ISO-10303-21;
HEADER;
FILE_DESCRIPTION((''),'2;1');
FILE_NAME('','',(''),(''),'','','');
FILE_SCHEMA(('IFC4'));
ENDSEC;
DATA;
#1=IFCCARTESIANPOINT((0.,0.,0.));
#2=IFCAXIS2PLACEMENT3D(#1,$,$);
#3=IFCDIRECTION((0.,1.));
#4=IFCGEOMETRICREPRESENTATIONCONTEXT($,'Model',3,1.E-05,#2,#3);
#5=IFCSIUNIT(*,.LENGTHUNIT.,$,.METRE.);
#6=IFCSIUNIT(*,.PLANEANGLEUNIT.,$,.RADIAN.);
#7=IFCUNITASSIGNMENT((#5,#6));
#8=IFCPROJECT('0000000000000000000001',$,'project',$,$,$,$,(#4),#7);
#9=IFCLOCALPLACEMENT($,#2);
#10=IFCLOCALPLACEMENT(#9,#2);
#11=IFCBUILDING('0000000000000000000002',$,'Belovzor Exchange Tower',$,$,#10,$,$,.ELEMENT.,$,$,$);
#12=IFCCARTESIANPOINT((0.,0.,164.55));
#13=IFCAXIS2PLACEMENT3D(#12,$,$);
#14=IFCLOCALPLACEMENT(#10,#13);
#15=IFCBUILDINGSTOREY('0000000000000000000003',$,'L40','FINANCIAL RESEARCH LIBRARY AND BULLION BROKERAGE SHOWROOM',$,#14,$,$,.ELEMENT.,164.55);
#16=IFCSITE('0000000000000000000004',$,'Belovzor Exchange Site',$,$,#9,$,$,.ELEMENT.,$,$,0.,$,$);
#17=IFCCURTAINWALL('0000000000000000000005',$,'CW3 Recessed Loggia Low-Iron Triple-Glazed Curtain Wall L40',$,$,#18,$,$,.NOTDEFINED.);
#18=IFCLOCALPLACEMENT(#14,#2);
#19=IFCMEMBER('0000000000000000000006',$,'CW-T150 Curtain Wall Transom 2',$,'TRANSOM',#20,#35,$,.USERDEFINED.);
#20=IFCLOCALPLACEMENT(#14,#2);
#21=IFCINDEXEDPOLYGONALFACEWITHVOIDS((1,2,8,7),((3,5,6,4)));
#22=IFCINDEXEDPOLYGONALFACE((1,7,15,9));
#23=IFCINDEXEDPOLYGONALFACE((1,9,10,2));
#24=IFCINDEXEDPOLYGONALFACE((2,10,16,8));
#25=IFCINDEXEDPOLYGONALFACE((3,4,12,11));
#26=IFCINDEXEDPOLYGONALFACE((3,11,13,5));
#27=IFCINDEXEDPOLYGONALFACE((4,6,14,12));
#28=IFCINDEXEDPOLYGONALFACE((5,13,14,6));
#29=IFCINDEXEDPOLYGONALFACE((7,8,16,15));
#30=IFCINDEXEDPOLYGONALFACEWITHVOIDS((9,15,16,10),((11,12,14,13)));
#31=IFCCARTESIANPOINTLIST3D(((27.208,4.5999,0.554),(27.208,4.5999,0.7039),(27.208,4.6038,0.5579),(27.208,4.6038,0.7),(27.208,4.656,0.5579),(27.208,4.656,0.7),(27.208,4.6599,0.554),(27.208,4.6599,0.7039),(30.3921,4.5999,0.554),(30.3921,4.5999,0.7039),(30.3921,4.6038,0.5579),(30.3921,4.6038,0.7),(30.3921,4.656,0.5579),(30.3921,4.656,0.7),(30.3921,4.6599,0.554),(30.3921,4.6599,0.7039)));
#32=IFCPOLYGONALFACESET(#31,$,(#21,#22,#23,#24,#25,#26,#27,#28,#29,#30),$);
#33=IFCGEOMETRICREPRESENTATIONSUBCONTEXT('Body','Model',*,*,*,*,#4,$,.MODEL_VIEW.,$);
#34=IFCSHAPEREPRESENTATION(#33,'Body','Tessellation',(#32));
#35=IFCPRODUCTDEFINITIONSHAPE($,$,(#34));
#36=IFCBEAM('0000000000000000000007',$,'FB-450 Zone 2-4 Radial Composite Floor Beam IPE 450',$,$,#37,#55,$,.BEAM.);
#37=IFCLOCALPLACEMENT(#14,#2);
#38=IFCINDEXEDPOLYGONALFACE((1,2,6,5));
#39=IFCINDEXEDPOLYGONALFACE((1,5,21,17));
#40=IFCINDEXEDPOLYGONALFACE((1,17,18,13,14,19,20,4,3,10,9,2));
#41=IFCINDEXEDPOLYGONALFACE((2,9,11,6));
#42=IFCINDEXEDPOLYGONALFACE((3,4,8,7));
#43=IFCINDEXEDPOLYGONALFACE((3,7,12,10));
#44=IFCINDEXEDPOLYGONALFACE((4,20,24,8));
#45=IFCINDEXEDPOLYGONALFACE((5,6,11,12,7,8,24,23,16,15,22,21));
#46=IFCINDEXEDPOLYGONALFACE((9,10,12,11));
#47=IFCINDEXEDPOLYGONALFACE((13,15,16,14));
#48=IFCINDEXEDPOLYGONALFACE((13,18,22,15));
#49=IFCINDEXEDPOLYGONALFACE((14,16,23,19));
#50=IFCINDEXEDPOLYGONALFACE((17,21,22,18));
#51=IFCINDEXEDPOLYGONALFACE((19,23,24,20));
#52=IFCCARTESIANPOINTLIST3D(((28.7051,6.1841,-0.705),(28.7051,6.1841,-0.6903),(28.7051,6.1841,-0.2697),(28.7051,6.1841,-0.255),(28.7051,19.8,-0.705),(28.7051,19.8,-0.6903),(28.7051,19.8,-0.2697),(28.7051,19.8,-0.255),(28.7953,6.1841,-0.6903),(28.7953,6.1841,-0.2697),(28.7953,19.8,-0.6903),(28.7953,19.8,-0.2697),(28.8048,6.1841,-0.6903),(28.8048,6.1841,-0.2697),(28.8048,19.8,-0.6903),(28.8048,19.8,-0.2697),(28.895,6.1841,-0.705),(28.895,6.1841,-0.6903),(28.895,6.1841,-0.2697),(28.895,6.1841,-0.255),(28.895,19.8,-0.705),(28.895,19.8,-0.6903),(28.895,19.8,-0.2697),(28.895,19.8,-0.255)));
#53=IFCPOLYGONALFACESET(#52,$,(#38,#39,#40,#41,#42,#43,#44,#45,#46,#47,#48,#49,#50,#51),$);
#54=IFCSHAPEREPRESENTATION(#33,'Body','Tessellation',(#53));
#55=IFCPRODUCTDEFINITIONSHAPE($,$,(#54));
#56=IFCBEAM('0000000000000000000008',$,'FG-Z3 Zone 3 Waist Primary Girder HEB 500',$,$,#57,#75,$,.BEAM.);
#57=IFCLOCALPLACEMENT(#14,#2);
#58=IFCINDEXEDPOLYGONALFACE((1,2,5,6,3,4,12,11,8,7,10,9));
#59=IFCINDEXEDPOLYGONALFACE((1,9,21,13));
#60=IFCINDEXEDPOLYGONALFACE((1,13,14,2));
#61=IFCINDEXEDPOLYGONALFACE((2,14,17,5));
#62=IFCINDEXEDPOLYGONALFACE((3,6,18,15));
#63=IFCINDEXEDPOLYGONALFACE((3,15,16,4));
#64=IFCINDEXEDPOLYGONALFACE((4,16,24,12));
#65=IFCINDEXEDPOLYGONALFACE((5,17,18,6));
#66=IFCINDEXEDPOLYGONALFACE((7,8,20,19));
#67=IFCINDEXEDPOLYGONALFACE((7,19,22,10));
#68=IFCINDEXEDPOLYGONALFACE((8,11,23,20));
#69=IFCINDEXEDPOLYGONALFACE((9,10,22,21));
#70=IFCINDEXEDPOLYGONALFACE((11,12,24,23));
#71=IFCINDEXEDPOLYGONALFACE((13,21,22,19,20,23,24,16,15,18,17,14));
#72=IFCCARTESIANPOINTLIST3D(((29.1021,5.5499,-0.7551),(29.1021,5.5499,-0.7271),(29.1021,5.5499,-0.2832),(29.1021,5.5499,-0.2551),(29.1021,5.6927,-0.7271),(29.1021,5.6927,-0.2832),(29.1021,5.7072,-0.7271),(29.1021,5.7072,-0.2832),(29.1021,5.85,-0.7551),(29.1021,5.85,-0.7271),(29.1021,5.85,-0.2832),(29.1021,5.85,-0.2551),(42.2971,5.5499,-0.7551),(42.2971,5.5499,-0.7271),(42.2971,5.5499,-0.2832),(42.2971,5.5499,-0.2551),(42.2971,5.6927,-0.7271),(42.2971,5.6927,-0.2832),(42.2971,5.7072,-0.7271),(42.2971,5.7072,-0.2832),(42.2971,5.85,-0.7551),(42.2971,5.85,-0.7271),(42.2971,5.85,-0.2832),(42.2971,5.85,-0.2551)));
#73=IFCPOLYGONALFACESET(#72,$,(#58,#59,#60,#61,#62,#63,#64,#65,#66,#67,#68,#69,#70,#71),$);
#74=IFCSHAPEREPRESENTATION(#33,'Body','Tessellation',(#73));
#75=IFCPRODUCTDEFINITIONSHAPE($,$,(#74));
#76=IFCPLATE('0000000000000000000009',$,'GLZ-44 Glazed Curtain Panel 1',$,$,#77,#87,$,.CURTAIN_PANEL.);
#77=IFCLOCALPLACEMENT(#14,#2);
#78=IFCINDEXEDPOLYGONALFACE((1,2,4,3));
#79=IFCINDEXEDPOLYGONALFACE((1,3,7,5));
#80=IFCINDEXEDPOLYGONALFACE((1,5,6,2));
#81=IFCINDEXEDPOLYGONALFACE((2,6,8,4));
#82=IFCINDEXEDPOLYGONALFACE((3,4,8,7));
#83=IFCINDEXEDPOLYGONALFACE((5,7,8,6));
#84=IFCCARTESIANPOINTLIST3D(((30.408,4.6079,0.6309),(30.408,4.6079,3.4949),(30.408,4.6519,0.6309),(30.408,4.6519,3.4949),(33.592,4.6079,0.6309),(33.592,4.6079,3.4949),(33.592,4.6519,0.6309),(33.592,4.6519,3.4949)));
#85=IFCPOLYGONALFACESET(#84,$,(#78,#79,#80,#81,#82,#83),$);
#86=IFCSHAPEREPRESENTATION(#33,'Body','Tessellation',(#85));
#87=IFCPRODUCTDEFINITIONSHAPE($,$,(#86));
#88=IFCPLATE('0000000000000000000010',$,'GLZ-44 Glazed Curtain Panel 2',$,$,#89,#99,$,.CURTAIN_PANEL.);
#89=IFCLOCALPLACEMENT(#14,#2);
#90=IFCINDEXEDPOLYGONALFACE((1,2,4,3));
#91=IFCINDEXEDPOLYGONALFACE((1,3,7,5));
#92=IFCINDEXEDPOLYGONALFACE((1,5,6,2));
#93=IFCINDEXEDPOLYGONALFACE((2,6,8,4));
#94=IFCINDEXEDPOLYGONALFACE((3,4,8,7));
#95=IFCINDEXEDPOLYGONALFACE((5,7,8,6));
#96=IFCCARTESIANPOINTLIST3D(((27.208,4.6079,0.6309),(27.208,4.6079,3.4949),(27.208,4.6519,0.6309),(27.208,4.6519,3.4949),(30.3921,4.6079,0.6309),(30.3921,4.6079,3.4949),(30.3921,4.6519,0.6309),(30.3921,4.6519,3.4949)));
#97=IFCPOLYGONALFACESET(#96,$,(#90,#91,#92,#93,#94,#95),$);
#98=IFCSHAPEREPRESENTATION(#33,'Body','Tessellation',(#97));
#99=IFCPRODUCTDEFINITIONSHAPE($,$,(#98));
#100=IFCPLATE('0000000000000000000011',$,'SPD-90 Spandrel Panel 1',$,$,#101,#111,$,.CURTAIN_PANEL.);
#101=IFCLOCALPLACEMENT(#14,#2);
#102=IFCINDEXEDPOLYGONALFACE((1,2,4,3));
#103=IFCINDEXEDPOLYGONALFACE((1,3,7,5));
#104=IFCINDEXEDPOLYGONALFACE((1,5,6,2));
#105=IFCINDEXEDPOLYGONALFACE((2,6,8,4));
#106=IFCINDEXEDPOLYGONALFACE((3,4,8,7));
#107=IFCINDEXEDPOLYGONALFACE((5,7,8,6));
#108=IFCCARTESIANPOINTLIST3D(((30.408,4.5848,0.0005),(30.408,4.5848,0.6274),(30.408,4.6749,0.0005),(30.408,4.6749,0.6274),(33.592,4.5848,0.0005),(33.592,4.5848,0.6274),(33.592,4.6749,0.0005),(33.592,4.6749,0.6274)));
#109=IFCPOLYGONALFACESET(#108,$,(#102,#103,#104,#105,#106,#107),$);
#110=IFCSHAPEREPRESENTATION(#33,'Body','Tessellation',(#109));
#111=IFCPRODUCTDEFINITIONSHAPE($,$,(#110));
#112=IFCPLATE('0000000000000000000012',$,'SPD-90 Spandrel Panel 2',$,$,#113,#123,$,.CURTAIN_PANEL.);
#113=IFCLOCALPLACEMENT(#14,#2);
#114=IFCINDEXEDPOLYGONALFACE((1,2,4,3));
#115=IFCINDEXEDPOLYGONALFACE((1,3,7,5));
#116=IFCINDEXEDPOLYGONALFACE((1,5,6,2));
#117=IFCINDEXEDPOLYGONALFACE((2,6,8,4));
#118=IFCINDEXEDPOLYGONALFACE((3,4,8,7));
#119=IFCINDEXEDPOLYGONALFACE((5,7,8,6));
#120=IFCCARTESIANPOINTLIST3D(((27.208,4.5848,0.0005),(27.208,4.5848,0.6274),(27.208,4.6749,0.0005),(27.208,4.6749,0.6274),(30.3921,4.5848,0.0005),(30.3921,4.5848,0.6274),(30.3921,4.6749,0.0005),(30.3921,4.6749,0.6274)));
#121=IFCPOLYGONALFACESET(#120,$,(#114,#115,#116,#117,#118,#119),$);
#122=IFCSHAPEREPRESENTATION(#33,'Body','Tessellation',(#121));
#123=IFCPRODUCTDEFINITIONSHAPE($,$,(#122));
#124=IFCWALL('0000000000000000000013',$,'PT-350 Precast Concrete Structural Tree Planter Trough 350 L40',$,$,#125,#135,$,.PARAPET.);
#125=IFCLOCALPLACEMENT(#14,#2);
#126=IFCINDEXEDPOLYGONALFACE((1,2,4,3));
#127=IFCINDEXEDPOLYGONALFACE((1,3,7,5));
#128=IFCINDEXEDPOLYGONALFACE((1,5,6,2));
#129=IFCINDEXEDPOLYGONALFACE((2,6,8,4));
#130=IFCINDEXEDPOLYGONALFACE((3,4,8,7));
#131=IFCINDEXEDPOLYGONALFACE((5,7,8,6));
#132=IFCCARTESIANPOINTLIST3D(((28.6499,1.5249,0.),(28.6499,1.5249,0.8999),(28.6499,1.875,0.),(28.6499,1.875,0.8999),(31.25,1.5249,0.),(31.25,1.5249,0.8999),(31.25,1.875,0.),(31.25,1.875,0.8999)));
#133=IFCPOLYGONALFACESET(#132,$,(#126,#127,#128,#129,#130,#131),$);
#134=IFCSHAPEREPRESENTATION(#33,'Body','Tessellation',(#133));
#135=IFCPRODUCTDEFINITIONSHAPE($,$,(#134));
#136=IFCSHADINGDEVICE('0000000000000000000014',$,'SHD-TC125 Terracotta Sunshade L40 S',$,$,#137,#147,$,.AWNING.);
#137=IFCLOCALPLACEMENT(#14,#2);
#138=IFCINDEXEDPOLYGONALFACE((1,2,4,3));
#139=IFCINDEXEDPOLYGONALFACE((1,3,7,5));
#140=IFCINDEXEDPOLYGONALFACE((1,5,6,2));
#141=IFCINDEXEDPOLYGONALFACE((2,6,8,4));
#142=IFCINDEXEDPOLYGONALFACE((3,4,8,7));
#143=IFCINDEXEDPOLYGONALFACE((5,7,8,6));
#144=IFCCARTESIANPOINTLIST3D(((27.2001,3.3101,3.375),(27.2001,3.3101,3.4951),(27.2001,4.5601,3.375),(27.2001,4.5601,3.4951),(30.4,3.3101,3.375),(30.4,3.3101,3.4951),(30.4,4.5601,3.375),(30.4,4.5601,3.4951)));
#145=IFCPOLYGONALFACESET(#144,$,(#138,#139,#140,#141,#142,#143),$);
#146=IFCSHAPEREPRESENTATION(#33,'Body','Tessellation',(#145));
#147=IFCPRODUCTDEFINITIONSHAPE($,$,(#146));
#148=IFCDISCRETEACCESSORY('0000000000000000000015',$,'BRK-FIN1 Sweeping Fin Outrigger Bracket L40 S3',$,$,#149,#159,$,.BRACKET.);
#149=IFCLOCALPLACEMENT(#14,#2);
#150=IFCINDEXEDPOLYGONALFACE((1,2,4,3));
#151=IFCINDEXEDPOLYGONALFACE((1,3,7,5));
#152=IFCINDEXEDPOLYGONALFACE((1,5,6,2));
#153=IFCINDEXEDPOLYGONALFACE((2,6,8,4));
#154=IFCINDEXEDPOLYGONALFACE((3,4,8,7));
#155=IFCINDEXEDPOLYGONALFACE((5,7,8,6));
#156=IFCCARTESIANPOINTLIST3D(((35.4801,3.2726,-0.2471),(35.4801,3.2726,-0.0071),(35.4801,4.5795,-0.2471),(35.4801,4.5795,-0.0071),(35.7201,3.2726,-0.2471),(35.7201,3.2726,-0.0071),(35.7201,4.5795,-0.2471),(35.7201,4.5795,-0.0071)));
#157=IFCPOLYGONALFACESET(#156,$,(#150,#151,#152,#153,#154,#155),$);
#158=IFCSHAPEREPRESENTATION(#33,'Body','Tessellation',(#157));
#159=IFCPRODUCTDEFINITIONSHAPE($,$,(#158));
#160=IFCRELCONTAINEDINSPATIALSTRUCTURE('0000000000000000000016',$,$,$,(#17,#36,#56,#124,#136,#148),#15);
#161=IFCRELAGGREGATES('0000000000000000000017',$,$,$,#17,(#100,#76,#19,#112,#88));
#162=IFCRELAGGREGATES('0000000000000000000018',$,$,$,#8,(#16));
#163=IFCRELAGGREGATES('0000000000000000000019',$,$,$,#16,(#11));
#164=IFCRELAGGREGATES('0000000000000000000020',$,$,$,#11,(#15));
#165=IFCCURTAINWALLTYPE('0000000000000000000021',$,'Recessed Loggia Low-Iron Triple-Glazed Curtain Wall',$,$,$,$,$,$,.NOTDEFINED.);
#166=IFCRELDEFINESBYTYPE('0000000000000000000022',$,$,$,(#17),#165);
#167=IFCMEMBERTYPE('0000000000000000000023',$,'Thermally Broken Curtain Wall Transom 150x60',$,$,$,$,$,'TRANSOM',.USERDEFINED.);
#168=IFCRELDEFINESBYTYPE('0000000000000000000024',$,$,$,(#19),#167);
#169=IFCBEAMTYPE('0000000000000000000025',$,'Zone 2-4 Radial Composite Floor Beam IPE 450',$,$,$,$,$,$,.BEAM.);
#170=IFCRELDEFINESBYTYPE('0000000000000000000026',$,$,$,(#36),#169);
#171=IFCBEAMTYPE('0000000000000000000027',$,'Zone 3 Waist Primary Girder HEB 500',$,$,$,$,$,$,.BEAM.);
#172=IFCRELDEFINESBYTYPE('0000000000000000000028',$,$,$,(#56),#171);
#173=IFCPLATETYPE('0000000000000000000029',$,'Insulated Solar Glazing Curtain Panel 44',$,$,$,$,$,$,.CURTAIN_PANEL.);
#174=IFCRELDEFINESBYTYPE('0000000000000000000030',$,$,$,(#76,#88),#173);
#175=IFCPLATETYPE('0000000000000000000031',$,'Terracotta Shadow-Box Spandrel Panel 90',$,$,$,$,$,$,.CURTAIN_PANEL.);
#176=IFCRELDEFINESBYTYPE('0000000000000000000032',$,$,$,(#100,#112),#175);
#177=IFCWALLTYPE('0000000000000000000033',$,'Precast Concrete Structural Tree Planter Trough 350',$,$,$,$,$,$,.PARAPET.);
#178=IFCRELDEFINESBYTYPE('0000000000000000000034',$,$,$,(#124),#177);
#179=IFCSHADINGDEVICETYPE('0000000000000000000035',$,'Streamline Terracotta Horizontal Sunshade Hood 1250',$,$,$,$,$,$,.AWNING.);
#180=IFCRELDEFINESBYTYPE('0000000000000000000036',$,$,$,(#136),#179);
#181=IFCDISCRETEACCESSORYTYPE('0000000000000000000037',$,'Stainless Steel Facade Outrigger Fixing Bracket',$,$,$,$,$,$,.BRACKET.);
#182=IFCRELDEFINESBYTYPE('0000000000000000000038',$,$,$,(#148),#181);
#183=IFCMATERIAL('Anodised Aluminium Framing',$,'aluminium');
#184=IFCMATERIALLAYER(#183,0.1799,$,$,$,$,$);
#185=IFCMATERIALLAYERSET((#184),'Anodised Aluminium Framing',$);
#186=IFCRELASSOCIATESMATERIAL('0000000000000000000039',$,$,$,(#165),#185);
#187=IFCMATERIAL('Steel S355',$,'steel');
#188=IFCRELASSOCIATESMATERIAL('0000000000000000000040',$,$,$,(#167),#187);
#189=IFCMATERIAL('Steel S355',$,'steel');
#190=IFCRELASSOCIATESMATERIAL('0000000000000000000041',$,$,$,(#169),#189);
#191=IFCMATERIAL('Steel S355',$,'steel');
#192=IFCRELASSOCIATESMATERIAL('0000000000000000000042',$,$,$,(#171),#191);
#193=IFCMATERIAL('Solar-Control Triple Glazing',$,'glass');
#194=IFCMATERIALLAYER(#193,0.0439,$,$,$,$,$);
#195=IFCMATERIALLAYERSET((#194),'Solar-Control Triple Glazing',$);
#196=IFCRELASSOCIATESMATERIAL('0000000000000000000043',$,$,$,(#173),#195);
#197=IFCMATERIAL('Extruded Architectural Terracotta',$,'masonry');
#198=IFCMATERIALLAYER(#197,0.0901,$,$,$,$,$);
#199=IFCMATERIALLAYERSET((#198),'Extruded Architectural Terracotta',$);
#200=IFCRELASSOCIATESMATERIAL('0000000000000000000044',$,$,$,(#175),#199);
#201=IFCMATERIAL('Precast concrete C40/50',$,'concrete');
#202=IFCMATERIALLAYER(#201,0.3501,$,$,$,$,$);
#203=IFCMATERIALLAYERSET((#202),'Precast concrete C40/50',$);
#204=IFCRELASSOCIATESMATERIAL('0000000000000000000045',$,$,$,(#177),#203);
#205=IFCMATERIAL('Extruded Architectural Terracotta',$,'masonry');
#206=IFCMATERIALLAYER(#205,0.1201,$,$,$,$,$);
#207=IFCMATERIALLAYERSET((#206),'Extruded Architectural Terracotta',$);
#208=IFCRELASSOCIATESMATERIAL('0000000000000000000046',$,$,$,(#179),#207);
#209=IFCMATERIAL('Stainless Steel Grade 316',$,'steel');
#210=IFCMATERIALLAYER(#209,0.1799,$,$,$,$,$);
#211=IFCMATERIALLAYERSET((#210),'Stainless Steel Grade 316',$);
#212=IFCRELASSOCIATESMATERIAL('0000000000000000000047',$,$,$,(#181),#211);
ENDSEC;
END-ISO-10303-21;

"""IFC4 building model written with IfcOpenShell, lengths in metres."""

from ifc_helpers import new_model, si_unit, direction, frame, frame_2d, origin, origin_2d, place, context, subcontext, project, spatial, rectangle, hollow_rectangle, i_section, extrude, material, layer, layer_set, material_profile, profile_set, type_object, element, aggregate, save


model = new_model("IFC4")

# Units and contexts
model_context = context("Model", 3, precision=1e-05, world=origin(), true_north=direction((0.0, 1.0)))
body_context = subcontext(model_context, "Body", "Model", "MODEL_VIEW")
ifc_project = project(units=[si_unit("LENGTHUNIT", "METRE"), si_unit("PLANEANGLEUNIT", "RADIAN")], contexts=[model_context])

# Site, building, storey
site_placement = place(None, origin())
site = spatial("IfcSite", under=ifc_project, at=site_placement, Name="Belovzor Exchange Site", CompositionType="ELEMENT", RefElevation=0.0)
building_placement = place(site_placement, origin())
building = spatial("IfcBuilding", under=site, at=building_placement, Name="Belovzor Exchange Tower", CompositionType="ELEMENT")
storey_placement = place(building_placement, frame((0.0, 0.0, 164.55)))
storey = spatial("IfcBuildingStorey", under=building, at=storey_placement, Name="L40", Description="FINANCIAL RESEARCH LIBRARY AND BULLION BROKERAGE SHOWROOM", CompositionType="ELEMENT", Elevation=164.55)

# Curtain wall, member
ifc_material_1 = material(Name="Anodised Aluminium Framing", Category="aluminium")
ifc_layer_1 = layer(ifc_material_1, 0.1799)
ifc_layer_set_1 = layer_set([ifc_layer_1], Name="Anodised Aluminium Framing")
curtain_wall_type = type_object("IfcCurtainWallType", Name="Recessed Loggia Low-Iron Triple-Glazed Curtain Wall", PredefinedType="NOTDEFINED", material=ifc_layer_set_1)
curtain_wall_placement = place(storey_placement, origin())
curtain_wall = element("IfcCurtainWall", 1, at=curtain_wall_placement, inside=storey, type_object=curtain_wall_type, Name="CW3 Recessed Loggia Low-Iron Triple-Glazed Curtain Wall L40", PredefinedType="NOTDEFINED")
ifc_material_2 = material(Name="Steel S355", Category="steel")
ifc_material_profile_1 = material_profile(ifc_material_2, hollow_rectangle(XDim=0.0601, YDim=0.1499, WallThickness=0.0039, at=origin_2d()))
ifc_profile_set_1 = profile_set([ifc_material_profile_1], Name="Steel S355")
member_type_1 = type_object("IfcMemberType", Name="Thermally Broken Curtain Wall Transom 150x60", ElementType="TRANSOM", PredefinedType="USERDEFINED", material=ifc_profile_set_1)
member_1_placement = place(storey_placement, frame((30.3921, 4.6299, 0.6289), z_axis=(-1.0, 0.0, 0.0), x_axis=(0.0, -1.0, 0.0)))
member_1 = element("IfcMember", 2, at=member_1_placement, type_object=member_type_1, Name="CW-T150 Curtain Wall Transom 2", ObjectType="TRANSOM", PredefinedType="USERDEFINED", context=body_context, shape_type="SweptSolid", body=[
    extrude(hollow_rectangle(XDim=0.0601, YDim=0.1499, WallThickness=0.0039, at=origin_2d()), origin(), (0.0, 0.0, 1.0), 3.1841),
])

# Beams
ifc_material_3 = material(Name="Steel S355", Category="steel")
ifc_material_profile_2 = material_profile(ifc_material_3, i_section(OverallWidth=0.1899, OverallDepth=0.45, WebThickness=0.0095, FlangeThickness=0.0146, at=origin_2d()))
ifc_profile_set_2 = profile_set([ifc_material_profile_2], Name="Steel S355")
beam_type_1 = type_object("IfcBeamType", Name="Zone 2-4 Radial Composite Floor Beam IPE 450", PredefinedType="BEAM", material=ifc_profile_set_2)
beam_1_placement = place(storey_placement, frame((28.8, 19.8, -0.48), z_axis=(0.0, -1.0, 0.0), x_axis=(1.0, 0.0, 0.0)))
element("IfcBeam", 3, at=beam_1_placement, inside=storey, type_object=beam_type_1, Name="FB-450 Zone 2-4 Radial Composite Floor Beam IPE 450", PredefinedType="BEAM", context=body_context, shape_type="SweptSolid", body=[
    extrude(i_section(OverallWidth=0.1899, OverallDepth=0.45, WebThickness=0.0095, FlangeThickness=0.0146, at=origin_2d()), origin(), (0.0, 0.0, 1.0), 13.616),
])
ifc_material_4 = material(Name="Steel S355", Category="steel")
ifc_material_profile_3 = material_profile(ifc_material_4, i_section(OverallWidth=0.3, OverallDepth=0.5, WebThickness=0.0144, FlangeThickness=0.0281, at=origin_2d()))
ifc_profile_set_3 = profile_set([ifc_material_profile_3], Name="Steel S355")
beam_type_2 = type_object("IfcBeamType", Name="Zone 3 Waist Primary Girder HEB 500", PredefinedType="BEAM", material=ifc_profile_set_3)
beam_2_placement = place(storey_placement, frame((29.1021, 5.7, -0.5051), z_axis=(1.0, 0.0, 0.0), x_axis=(0.0, 1.0, 0.0)))
element("IfcBeam", 4, at=beam_2_placement, inside=storey, type_object=beam_type_2, Name="FG-Z3 Zone 3 Waist Primary Girder HEB 500", PredefinedType="BEAM", context=body_context, shape_type="SweptSolid", body=[
    extrude(i_section(OverallWidth=0.3, OverallDepth=0.5, WebThickness=0.0144, FlangeThickness=0.0281, at=origin_2d()), origin(), (0.0, 0.0, 1.0), 13.1951),
])

# Plates
ifc_material_5 = material(Name="Solar-Control Triple Glazing", Category="glass")
ifc_layer_2 = layer(ifc_material_5, 0.0439)
ifc_layer_set_2 = layer_set([ifc_layer_2], Name="Solar-Control Triple Glazing")
plate_type_1 = type_object("IfcPlateType", Name="Insulated Solar Glazing Curtain Panel 44", PredefinedType="CURTAIN_PANEL", material=ifc_layer_set_2)
plate_1_placement = place(storey_placement, frame((32.0, 4.6299, 0.6309), z_axis=(0.0, 0.0, 1.0), x_axis=(-1.0, 0.0, 0.0)))
plate_1 = element("IfcPlate", 5, at=plate_1_placement, type_object=plate_type_1, Name="GLZ-44 Glazed Curtain Panel 1", PredefinedType="CURTAIN_PANEL", context=body_context, shape_type="SweptSolid", body=[
    extrude(rectangle(XDim=3.1841, YDim=0.0439, at=origin_2d()), origin(), (0.0, 0.0, 1.0), 2.864),
])
plate_2_placement = place(storey_placement, frame((28.8, 4.6299, 0.6309), z_axis=(0.0, 0.0, 1.0), x_axis=(-1.0, 0.0, 0.0)))
plate_2 = element("IfcPlate", 6, at=plate_2_placement, type_object=plate_type_1, Name="GLZ-44 Glazed Curtain Panel 2", PredefinedType="CURTAIN_PANEL", context=body_context, shape_type="SweptSolid", body=[
    extrude(rectangle(XDim=3.1841, YDim=0.0439, at=origin_2d()), origin(), (0.0, 0.0, 1.0), 2.864),
])
ifc_material_6 = material(Name="Extruded Architectural Terracotta", Category="masonry")
ifc_layer_3 = layer(ifc_material_6, 0.0901)
ifc_layer_set_3 = layer_set([ifc_layer_3], Name="Extruded Architectural Terracotta")
plate_type_2 = type_object("IfcPlateType", Name="Terracotta Shadow-Box Spandrel Panel 90", PredefinedType="CURTAIN_PANEL", material=ifc_layer_set_3)
plate_3_placement = place(storey_placement, frame((32.0, 4.6299, 0.0005), z_axis=(0.0, 0.0, 1.0), x_axis=(-1.0, 0.0, 0.0)))
plate_3 = element("IfcPlate", 7, at=plate_3_placement, type_object=plate_type_2, Name="SPD-90 Spandrel Panel 1", PredefinedType="CURTAIN_PANEL", context=body_context, shape_type="SweptSolid", body=[
    extrude(rectangle(XDim=3.1841, YDim=0.0901, at=origin_2d()), origin(), (0.0, 0.0, 1.0), 0.627),
])
plate_4_placement = place(storey_placement, frame((28.8, 4.6299, 0.0005), z_axis=(0.0, 0.0, 1.0), x_axis=(-1.0, 0.0, 0.0)))
plate_4 = element("IfcPlate", 8, at=plate_4_placement, type_object=plate_type_2, Name="SPD-90 Spandrel Panel 2", PredefinedType="CURTAIN_PANEL", context=body_context, shape_type="SweptSolid", body=[
    extrude(rectangle(XDim=3.1841, YDim=0.0901, at=origin_2d()), origin(), (0.0, 0.0, 1.0), 0.627),
])
aggregate(curtain_wall, [plate_3, plate_1, member_1, plate_4, plate_2])

# Wall
ifc_material_7 = material(Name="Precast concrete C40/50", Category="concrete")
ifc_layer_4 = layer(ifc_material_7, 0.3501)
ifc_layer_set_4 = layer_set([ifc_layer_4], Name="Precast concrete C40/50")
wall_type = type_object("IfcWallType", Name="Precast Concrete Structural Tree Planter Trough 350", PredefinedType="PARAPET", material=ifc_layer_set_4)
wall_placement = place(storey_placement, frame((28.6499, 1.7, 0.0), z_axis=(0.0, 0.0, 1.0), x_axis=(1.0, 0.0, 0.0)))
element("IfcWall", 9, at=wall_placement, inside=storey, type_object=wall_type, Name="PT-350 Precast Concrete Structural Tree Planter Trough 350 L40", PredefinedType="PARAPET", context=body_context, shape_type="SweptSolid", body=[
    extrude(rectangle(XDim=2.6001, YDim=0.3501, at=frame_2d((1.3, 0.0))), origin(), (0.0, 0.0, 1.0), 0.8999),
])

# Shading device
ifc_material_8 = material(Name="Extruded Architectural Terracotta", Category="masonry")
ifc_layer_5 = layer(ifc_material_8, 0.1201)
ifc_layer_set_5 = layer_set([ifc_layer_5], Name="Extruded Architectural Terracotta")
shading_device_type = type_object("IfcShadingDeviceType", Name="Streamline Terracotta Horizontal Sunshade Hood 1250", PredefinedType="AWNING", material=ifc_layer_set_5)
shading_device_placement = place(storey_placement, frame((28.8, 3.9351, 3.375), z_axis=(0.0, 0.0, 1.0), x_axis=(1.0, 0.0, 0.0)))
element("IfcShadingDevice", 10, at=shading_device_placement, inside=storey, type_object=shading_device_type, Name="SHD-TC125 Terracotta Sunshade L40 S", PredefinedType="AWNING", context=body_context, shape_type="SweptSolid", body=[
    extrude(rectangle(XDim=3.2, YDim=1.25, at=origin_2d()), origin(), (0.0, 0.0, 1.0), 0.1201),
])

# Discrete accessory
ifc_material_9 = material(Name="Stainless Steel Grade 316", Category="steel")
ifc_layer_6 = layer(ifc_material_9, 0.1799)
ifc_layer_set_6 = layer_set([ifc_layer_6], Name="Stainless Steel Grade 316")
discrete_accessory_type = type_object("IfcDiscreteAccessoryType", Name="Stainless Steel Facade Outrigger Fixing Bracket", PredefinedType="BRACKET", material=ifc_layer_set_6)
discrete_accessory_placement = place(storey_placement, frame((35.6001, 3.926, -0.2471), z_axis=(0.0, 0.0, 1.0), x_axis=(0.0, 1.0, 0.0)))
element("IfcDiscreteAccessory", 11, at=discrete_accessory_placement, inside=storey, type_object=discrete_accessory_type, Name="BRK-FIN1 Sweeping Fin Outrigger Bracket L40 S3", PredefinedType="BRACKET", context=body_context, shape_type="SweptSolid", body=[
    extrude(rectangle(XDim=1.3069, YDim=0.24, at=origin_2d()), origin(), (0.0, 0.0, 1.0), 0.24),
])

save(model, "model.ifc")
